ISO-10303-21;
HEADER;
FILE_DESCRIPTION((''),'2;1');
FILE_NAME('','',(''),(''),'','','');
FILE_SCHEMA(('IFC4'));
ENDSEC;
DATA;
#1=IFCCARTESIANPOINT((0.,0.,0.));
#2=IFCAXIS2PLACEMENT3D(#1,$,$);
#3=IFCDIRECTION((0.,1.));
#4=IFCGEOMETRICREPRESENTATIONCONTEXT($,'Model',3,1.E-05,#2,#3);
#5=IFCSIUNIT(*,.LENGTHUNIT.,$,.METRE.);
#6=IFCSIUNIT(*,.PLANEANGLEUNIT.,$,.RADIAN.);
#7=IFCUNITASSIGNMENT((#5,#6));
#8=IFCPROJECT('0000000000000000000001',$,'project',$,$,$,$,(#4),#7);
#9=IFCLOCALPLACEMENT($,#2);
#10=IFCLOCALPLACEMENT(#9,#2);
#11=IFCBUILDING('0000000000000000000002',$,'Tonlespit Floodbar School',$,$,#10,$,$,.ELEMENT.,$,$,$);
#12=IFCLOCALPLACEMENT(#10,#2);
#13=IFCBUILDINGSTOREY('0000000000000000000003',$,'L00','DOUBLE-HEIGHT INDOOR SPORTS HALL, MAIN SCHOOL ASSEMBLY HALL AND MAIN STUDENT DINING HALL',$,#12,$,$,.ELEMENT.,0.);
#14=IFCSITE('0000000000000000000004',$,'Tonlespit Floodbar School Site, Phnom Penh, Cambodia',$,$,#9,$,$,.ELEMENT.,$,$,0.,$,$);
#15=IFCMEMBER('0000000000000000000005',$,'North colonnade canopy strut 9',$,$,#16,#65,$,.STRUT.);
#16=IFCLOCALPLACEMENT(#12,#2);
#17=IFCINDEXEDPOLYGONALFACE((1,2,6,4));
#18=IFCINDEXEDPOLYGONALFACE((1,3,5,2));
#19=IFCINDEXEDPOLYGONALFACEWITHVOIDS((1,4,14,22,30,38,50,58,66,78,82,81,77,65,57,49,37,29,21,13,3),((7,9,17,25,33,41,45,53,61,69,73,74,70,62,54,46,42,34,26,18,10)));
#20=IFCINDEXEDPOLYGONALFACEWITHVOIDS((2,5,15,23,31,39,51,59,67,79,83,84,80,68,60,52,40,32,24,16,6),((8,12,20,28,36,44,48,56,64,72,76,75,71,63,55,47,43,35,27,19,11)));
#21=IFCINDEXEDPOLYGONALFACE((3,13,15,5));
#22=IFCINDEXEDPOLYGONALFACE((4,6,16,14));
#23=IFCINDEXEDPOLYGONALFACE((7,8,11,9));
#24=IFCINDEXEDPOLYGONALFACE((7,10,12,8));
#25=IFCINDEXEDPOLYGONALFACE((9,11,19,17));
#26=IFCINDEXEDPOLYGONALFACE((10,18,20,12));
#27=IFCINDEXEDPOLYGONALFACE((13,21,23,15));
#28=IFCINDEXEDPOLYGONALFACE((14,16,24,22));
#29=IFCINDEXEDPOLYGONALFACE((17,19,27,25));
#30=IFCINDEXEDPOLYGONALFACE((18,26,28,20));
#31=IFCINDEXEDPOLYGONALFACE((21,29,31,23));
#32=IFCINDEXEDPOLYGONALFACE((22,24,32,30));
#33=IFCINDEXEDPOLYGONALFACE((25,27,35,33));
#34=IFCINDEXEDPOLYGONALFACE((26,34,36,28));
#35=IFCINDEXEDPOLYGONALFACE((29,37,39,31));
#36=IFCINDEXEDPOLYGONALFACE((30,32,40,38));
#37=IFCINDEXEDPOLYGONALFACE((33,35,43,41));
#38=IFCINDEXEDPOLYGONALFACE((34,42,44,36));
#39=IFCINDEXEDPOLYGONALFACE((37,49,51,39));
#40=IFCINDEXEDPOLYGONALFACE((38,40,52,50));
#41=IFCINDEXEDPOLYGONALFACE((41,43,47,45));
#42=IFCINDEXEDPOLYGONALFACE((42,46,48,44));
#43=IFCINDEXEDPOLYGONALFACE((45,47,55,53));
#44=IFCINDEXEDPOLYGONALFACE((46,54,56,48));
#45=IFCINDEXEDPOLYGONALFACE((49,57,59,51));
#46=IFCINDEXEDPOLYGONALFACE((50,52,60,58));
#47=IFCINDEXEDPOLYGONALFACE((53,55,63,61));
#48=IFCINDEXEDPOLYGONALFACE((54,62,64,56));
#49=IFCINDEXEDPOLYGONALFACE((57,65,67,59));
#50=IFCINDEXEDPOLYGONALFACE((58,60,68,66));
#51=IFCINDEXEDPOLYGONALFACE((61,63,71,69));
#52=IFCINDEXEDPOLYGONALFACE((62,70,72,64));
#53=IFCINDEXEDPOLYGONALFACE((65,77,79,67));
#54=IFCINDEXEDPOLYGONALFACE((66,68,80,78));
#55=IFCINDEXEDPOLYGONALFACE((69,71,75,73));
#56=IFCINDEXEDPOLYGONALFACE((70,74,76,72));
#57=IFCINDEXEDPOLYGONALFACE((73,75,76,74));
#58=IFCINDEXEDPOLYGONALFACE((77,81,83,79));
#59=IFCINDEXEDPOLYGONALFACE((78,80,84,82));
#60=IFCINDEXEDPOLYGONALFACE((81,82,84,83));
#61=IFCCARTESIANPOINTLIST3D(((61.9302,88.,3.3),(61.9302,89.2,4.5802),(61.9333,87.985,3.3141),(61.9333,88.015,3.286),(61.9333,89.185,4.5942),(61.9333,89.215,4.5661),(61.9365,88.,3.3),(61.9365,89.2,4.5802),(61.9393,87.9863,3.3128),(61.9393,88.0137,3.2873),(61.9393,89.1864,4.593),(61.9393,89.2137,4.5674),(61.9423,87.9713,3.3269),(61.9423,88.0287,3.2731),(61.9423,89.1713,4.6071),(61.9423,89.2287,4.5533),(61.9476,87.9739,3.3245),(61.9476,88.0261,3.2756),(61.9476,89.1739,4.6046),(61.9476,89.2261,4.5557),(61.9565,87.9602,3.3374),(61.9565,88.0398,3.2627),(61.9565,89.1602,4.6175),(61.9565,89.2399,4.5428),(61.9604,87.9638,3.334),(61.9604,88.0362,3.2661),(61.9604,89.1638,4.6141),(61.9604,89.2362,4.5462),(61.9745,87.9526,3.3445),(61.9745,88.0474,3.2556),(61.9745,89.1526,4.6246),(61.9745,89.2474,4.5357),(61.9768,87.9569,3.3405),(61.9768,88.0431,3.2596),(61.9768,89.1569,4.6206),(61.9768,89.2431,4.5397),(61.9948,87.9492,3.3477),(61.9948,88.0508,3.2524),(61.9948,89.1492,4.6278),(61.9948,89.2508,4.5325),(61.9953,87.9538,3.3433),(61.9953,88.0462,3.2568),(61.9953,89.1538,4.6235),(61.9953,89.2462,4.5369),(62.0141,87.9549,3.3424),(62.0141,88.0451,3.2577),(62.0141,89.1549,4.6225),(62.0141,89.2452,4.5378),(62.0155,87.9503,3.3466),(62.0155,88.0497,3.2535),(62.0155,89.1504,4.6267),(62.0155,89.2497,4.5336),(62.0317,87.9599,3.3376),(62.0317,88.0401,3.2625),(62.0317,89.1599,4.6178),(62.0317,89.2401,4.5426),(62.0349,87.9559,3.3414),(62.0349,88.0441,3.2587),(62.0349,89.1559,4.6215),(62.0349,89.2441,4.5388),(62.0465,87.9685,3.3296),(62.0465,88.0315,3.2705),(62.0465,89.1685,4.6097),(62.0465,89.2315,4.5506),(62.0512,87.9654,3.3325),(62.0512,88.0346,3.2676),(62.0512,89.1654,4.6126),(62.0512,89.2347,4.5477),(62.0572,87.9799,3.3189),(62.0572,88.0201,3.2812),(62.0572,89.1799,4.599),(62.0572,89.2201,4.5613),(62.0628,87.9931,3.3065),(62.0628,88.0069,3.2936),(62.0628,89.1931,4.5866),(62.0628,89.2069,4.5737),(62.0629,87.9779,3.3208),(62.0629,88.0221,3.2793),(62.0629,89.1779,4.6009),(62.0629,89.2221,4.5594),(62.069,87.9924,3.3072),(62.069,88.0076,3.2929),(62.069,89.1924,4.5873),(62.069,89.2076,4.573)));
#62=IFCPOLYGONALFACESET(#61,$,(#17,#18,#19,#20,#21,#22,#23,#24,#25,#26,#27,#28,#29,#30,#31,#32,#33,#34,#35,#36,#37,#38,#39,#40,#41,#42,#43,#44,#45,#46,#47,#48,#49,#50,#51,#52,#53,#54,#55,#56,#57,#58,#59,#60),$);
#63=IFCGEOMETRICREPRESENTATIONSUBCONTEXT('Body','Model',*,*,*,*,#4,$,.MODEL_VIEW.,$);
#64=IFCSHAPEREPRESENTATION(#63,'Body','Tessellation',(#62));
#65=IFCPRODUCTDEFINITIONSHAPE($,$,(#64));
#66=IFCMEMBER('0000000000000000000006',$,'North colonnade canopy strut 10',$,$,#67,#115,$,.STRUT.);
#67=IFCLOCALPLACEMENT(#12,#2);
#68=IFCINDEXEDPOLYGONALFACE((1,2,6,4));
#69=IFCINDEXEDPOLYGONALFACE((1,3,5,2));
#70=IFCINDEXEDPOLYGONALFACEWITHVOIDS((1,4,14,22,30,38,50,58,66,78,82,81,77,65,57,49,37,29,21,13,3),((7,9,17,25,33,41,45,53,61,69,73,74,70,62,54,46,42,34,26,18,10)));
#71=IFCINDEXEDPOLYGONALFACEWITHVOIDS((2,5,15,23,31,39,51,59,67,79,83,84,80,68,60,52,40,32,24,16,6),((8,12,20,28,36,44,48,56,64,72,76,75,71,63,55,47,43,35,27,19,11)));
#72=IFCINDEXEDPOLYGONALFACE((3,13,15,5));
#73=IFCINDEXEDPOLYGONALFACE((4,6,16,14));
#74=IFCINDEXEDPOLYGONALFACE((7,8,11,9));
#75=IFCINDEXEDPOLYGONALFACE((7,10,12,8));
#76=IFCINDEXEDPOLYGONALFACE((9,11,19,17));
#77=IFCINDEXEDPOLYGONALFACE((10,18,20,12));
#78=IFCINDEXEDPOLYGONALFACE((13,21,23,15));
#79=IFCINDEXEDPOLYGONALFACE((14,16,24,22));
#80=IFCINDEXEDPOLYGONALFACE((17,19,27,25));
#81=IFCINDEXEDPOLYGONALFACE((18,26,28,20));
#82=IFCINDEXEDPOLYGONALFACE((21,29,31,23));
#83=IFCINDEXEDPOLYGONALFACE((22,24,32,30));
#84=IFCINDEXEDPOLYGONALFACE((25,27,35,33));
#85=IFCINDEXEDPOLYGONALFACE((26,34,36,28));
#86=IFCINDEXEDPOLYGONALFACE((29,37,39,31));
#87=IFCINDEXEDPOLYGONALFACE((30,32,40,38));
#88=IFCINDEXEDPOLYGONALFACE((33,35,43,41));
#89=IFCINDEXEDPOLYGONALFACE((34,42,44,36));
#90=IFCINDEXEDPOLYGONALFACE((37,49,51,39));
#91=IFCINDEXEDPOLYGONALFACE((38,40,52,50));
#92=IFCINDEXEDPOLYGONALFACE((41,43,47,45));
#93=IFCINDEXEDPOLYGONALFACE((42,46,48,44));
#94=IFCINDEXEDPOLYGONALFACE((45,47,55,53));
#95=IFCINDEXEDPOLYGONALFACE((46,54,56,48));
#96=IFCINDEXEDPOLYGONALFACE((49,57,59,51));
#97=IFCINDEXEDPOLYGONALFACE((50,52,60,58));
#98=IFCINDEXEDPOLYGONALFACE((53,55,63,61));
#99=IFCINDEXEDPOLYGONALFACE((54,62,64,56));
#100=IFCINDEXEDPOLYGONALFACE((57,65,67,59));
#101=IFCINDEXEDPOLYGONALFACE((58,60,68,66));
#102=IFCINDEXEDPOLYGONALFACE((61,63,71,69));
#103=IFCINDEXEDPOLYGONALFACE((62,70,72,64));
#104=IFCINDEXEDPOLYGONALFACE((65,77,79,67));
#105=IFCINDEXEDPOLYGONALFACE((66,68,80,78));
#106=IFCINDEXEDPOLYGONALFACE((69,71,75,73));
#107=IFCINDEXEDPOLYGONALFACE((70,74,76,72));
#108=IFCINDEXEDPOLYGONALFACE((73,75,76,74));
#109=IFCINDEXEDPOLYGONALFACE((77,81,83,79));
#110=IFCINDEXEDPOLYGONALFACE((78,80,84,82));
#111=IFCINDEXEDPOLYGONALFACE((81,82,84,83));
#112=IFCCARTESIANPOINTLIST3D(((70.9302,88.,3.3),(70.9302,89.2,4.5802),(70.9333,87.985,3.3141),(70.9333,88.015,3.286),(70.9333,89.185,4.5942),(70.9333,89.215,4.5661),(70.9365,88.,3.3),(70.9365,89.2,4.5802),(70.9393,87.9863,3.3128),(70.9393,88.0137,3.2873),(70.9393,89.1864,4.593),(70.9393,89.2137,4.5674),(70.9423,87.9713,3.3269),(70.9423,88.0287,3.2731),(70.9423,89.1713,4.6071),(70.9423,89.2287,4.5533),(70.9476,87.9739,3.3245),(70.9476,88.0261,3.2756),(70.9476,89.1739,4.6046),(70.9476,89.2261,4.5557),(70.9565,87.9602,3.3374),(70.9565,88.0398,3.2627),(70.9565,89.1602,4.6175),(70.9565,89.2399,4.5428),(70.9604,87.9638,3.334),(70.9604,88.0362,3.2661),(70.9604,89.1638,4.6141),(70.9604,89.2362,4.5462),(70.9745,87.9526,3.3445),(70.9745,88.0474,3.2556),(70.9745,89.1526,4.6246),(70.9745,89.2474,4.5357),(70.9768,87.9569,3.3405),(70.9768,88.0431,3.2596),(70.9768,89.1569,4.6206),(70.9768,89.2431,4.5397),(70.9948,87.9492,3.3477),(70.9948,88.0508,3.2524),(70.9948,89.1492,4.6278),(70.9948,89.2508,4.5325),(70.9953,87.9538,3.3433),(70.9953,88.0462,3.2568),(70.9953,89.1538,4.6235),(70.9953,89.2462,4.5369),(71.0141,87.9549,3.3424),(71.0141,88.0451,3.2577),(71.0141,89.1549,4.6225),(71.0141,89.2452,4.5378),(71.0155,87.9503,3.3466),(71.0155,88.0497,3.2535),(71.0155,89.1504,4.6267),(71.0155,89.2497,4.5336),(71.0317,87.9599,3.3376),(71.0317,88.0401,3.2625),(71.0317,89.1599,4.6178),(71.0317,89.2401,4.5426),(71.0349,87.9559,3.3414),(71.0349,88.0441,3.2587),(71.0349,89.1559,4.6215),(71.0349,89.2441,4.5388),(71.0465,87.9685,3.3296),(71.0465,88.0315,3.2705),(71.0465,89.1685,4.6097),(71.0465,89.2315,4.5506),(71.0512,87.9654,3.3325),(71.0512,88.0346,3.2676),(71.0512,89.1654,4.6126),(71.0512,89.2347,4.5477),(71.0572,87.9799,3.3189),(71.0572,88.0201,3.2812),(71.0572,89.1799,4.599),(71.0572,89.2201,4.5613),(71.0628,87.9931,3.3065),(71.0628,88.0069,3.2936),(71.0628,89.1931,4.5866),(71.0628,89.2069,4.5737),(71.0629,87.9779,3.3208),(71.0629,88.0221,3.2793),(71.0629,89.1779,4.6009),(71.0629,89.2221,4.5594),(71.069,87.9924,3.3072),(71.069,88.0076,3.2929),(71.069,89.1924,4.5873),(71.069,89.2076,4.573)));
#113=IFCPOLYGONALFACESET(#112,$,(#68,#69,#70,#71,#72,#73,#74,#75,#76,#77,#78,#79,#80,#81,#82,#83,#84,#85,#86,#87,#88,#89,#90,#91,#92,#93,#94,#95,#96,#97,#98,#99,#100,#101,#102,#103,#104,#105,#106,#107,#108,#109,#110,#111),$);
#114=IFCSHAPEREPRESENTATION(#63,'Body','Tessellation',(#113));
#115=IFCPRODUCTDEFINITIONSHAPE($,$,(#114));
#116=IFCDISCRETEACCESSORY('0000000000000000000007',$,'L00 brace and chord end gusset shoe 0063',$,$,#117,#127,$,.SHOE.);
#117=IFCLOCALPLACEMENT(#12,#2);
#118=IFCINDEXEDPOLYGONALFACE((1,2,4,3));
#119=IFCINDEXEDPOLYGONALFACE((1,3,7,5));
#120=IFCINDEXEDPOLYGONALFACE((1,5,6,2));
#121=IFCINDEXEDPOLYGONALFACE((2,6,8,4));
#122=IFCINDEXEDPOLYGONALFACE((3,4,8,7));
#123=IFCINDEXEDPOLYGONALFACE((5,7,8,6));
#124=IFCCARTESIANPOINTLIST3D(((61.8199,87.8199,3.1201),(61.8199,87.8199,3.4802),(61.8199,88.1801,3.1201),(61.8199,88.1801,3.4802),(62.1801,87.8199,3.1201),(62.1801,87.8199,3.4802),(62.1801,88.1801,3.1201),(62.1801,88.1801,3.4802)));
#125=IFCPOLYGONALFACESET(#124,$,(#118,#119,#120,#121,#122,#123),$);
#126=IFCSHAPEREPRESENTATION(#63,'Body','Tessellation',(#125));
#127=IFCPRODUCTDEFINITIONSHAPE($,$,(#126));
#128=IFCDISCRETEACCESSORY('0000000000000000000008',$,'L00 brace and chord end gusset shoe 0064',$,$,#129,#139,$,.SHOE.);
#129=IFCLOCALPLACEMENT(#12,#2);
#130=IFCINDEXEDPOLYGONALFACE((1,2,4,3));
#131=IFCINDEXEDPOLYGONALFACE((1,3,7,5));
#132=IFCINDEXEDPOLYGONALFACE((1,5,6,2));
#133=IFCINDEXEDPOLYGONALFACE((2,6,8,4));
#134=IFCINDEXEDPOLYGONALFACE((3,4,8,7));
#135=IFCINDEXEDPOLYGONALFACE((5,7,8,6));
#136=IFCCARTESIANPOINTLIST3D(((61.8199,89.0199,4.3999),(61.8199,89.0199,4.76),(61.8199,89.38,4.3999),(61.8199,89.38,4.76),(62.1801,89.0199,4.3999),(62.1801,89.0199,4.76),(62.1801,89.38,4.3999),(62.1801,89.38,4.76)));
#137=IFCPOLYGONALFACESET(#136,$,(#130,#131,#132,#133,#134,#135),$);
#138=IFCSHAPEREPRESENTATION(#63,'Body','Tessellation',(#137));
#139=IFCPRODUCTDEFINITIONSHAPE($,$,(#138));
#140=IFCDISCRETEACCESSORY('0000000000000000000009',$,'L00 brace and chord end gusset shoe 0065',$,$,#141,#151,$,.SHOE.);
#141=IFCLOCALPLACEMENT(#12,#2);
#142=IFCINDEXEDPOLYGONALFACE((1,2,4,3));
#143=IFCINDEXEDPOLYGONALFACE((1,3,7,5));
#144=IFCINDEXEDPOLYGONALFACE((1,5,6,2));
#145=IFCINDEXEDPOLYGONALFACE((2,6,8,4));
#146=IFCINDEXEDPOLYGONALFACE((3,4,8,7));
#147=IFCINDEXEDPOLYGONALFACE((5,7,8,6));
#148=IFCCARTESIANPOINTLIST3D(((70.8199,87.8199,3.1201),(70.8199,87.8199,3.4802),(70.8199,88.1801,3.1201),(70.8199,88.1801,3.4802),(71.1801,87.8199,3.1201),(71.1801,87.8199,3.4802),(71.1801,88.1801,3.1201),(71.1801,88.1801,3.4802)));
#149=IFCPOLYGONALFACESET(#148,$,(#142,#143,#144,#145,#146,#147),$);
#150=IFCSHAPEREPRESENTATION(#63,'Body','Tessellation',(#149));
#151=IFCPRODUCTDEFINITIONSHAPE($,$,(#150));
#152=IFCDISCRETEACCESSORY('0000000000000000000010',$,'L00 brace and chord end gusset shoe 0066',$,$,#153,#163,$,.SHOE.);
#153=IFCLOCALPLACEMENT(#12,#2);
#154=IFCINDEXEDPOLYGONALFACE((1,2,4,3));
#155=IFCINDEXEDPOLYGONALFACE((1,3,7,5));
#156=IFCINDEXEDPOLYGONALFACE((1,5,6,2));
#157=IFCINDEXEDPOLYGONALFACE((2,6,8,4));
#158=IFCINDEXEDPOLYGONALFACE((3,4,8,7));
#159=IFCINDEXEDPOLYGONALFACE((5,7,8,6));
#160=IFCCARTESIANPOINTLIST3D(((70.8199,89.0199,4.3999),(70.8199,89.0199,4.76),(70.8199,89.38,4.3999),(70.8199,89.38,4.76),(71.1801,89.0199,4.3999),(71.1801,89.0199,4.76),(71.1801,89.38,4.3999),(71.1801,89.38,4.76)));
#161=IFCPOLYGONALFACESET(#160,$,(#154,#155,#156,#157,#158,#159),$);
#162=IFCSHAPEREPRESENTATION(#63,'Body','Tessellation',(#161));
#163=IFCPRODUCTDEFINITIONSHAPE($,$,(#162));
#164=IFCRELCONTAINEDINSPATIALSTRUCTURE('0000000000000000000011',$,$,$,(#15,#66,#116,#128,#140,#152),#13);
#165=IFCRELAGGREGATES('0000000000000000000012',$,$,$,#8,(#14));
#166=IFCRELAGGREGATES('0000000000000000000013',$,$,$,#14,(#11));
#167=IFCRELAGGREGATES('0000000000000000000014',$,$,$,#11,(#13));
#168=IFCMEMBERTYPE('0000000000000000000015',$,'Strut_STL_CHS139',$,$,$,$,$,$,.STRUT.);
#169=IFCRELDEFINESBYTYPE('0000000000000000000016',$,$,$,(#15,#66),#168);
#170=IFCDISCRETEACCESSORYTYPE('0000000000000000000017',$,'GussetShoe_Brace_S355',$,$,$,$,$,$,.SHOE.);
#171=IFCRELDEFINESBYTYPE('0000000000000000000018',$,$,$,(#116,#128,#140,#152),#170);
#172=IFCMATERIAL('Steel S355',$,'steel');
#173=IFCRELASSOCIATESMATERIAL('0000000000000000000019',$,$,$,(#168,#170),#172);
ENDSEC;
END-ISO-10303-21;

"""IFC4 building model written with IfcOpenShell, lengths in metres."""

from ifc_helpers import new_model, si_unit, direction, frame, origin, origin_2d, place, context, subcontext, project, spatial, rectangle, hollow_circle, extrude, material, material_profile, profile_set, type_object, element, save


model = new_model("IFC4")

# Units and contexts
model_context = context("Model", 3, precision=1e-05, world=origin(), true_north=direction((0.0, 1.0)))
body_context = subcontext(model_context, "Body", "Model", "MODEL_VIEW")
ifc_project = project(units=[si_unit("LENGTHUNIT", "METRE"), si_unit("PLANEANGLEUNIT", "RADIAN")], contexts=[model_context])

# Site, building, storey
site_placement = place(None, origin())
site = spatial("IfcSite", under=ifc_project, at=site_placement, Name="Tonlespit Floodbar School Site, Phnom Penh, Cambodia", CompositionType="ELEMENT", RefElevation=0.0)
building_placement = place(site_placement, origin())
building = spatial("IfcBuilding", under=site, at=building_placement, Name="Tonlespit Floodbar School", CompositionType="ELEMENT")
storey_placement = place(building_placement, origin())
storey = spatial("IfcBuildingStorey", under=building, at=storey_placement, Name="L00", Description="DOUBLE-HEIGHT INDOOR SPORTS HALL, MAIN SCHOOL ASSEMBLY HALL AND MAIN STUDENT DINING HALL", CompositionType="ELEMENT", Elevation=0.0)

# Members
ifc_material_1 = material(Name="Steel S355", Category="steel")
ifc_material_profile_1 = material_profile(ifc_material_1, hollow_circle(Radius=0.0698, WallThickness=0.0063, at=origin_2d()), Name="CHS 139.7x6.3")
ifc_profile_set_1 = profile_set([ifc_material_profile_1], Name="Steel S355")
member_type = type_object("IfcMemberType", Name="Strut_STL_CHS139", PredefinedType="STRUT", material=ifc_profile_set_1)
for number, where, z_axis, x_axis, name in (
    (1, (62.0, 88.0, 3.3), (0.0, 0.683918, 0.729559), (-1.0, 0.0, 0.0), "North colonnade canopy strut 9"),
    (2, (71.0, 88.0, 3.3), (0.0, 0.683918, 0.729559), (-1.0, 0.0, 0.0), "North colonnade canopy strut 10"),
):
    element("IfcMember", number, at=place(storey_placement, frame(where, z_axis=z_axis, x_axis=x_axis)), inside=storey, type_object=member_type, Name=name, PredefinedType="STRUT", context=body_context, shape_type="SweptSolid", body=[
        extrude(hollow_circle(Radius=0.0698, WallThickness=0.0063, at=origin_2d()), origin(), (0.0, 0.0, 1.0), 1.7546),
    ])

# Discrete accessories
discrete_accessory_type = type_object("IfcDiscreteAccessoryType", Name="GussetShoe_Brace_S355", PredefinedType="SHOE", material=ifc_material_1)
for number, where, z_axis, x_axis, name in (
    (3, (62.0, 88.0, 3.1201), (0.0, 0.0, 1.0), (1.0, 0.0, 0.0), "L00 brace and chord end gusset shoe 0063"),
    (4, (62.0, 89.2, 4.3999), (0.0, 0.0, 1.0), (1.0, 0.0, 0.0), "L00 brace and chord end gusset shoe 0064"),
    (5, (71.0, 88.0, 3.1201), (0.0, 0.0, 1.0), (1.0, 0.0, 0.0), "L00 brace and chord end gusset shoe 0065"),
    (6, (71.0, 89.2, 4.3999), (0.0, 0.0, 1.0), (1.0, 0.0, 0.0), "L00 brace and chord end gusset shoe 0066"),
):
    element("IfcDiscreteAccessory", number, at=place(storey_placement, frame(where, z_axis=z_axis, x_axis=x_axis)), inside=storey, type_object=discrete_accessory_type, Name=name, PredefinedType="SHOE", context=body_context, shape_type="SweptSolid", body=[
        extrude(rectangle(XDim=0.3601, YDim=0.3601, at=origin_2d()), origin(), (0.0, 0.0, 1.0), 0.3601),
    ])

save(model, "model.ifc")
